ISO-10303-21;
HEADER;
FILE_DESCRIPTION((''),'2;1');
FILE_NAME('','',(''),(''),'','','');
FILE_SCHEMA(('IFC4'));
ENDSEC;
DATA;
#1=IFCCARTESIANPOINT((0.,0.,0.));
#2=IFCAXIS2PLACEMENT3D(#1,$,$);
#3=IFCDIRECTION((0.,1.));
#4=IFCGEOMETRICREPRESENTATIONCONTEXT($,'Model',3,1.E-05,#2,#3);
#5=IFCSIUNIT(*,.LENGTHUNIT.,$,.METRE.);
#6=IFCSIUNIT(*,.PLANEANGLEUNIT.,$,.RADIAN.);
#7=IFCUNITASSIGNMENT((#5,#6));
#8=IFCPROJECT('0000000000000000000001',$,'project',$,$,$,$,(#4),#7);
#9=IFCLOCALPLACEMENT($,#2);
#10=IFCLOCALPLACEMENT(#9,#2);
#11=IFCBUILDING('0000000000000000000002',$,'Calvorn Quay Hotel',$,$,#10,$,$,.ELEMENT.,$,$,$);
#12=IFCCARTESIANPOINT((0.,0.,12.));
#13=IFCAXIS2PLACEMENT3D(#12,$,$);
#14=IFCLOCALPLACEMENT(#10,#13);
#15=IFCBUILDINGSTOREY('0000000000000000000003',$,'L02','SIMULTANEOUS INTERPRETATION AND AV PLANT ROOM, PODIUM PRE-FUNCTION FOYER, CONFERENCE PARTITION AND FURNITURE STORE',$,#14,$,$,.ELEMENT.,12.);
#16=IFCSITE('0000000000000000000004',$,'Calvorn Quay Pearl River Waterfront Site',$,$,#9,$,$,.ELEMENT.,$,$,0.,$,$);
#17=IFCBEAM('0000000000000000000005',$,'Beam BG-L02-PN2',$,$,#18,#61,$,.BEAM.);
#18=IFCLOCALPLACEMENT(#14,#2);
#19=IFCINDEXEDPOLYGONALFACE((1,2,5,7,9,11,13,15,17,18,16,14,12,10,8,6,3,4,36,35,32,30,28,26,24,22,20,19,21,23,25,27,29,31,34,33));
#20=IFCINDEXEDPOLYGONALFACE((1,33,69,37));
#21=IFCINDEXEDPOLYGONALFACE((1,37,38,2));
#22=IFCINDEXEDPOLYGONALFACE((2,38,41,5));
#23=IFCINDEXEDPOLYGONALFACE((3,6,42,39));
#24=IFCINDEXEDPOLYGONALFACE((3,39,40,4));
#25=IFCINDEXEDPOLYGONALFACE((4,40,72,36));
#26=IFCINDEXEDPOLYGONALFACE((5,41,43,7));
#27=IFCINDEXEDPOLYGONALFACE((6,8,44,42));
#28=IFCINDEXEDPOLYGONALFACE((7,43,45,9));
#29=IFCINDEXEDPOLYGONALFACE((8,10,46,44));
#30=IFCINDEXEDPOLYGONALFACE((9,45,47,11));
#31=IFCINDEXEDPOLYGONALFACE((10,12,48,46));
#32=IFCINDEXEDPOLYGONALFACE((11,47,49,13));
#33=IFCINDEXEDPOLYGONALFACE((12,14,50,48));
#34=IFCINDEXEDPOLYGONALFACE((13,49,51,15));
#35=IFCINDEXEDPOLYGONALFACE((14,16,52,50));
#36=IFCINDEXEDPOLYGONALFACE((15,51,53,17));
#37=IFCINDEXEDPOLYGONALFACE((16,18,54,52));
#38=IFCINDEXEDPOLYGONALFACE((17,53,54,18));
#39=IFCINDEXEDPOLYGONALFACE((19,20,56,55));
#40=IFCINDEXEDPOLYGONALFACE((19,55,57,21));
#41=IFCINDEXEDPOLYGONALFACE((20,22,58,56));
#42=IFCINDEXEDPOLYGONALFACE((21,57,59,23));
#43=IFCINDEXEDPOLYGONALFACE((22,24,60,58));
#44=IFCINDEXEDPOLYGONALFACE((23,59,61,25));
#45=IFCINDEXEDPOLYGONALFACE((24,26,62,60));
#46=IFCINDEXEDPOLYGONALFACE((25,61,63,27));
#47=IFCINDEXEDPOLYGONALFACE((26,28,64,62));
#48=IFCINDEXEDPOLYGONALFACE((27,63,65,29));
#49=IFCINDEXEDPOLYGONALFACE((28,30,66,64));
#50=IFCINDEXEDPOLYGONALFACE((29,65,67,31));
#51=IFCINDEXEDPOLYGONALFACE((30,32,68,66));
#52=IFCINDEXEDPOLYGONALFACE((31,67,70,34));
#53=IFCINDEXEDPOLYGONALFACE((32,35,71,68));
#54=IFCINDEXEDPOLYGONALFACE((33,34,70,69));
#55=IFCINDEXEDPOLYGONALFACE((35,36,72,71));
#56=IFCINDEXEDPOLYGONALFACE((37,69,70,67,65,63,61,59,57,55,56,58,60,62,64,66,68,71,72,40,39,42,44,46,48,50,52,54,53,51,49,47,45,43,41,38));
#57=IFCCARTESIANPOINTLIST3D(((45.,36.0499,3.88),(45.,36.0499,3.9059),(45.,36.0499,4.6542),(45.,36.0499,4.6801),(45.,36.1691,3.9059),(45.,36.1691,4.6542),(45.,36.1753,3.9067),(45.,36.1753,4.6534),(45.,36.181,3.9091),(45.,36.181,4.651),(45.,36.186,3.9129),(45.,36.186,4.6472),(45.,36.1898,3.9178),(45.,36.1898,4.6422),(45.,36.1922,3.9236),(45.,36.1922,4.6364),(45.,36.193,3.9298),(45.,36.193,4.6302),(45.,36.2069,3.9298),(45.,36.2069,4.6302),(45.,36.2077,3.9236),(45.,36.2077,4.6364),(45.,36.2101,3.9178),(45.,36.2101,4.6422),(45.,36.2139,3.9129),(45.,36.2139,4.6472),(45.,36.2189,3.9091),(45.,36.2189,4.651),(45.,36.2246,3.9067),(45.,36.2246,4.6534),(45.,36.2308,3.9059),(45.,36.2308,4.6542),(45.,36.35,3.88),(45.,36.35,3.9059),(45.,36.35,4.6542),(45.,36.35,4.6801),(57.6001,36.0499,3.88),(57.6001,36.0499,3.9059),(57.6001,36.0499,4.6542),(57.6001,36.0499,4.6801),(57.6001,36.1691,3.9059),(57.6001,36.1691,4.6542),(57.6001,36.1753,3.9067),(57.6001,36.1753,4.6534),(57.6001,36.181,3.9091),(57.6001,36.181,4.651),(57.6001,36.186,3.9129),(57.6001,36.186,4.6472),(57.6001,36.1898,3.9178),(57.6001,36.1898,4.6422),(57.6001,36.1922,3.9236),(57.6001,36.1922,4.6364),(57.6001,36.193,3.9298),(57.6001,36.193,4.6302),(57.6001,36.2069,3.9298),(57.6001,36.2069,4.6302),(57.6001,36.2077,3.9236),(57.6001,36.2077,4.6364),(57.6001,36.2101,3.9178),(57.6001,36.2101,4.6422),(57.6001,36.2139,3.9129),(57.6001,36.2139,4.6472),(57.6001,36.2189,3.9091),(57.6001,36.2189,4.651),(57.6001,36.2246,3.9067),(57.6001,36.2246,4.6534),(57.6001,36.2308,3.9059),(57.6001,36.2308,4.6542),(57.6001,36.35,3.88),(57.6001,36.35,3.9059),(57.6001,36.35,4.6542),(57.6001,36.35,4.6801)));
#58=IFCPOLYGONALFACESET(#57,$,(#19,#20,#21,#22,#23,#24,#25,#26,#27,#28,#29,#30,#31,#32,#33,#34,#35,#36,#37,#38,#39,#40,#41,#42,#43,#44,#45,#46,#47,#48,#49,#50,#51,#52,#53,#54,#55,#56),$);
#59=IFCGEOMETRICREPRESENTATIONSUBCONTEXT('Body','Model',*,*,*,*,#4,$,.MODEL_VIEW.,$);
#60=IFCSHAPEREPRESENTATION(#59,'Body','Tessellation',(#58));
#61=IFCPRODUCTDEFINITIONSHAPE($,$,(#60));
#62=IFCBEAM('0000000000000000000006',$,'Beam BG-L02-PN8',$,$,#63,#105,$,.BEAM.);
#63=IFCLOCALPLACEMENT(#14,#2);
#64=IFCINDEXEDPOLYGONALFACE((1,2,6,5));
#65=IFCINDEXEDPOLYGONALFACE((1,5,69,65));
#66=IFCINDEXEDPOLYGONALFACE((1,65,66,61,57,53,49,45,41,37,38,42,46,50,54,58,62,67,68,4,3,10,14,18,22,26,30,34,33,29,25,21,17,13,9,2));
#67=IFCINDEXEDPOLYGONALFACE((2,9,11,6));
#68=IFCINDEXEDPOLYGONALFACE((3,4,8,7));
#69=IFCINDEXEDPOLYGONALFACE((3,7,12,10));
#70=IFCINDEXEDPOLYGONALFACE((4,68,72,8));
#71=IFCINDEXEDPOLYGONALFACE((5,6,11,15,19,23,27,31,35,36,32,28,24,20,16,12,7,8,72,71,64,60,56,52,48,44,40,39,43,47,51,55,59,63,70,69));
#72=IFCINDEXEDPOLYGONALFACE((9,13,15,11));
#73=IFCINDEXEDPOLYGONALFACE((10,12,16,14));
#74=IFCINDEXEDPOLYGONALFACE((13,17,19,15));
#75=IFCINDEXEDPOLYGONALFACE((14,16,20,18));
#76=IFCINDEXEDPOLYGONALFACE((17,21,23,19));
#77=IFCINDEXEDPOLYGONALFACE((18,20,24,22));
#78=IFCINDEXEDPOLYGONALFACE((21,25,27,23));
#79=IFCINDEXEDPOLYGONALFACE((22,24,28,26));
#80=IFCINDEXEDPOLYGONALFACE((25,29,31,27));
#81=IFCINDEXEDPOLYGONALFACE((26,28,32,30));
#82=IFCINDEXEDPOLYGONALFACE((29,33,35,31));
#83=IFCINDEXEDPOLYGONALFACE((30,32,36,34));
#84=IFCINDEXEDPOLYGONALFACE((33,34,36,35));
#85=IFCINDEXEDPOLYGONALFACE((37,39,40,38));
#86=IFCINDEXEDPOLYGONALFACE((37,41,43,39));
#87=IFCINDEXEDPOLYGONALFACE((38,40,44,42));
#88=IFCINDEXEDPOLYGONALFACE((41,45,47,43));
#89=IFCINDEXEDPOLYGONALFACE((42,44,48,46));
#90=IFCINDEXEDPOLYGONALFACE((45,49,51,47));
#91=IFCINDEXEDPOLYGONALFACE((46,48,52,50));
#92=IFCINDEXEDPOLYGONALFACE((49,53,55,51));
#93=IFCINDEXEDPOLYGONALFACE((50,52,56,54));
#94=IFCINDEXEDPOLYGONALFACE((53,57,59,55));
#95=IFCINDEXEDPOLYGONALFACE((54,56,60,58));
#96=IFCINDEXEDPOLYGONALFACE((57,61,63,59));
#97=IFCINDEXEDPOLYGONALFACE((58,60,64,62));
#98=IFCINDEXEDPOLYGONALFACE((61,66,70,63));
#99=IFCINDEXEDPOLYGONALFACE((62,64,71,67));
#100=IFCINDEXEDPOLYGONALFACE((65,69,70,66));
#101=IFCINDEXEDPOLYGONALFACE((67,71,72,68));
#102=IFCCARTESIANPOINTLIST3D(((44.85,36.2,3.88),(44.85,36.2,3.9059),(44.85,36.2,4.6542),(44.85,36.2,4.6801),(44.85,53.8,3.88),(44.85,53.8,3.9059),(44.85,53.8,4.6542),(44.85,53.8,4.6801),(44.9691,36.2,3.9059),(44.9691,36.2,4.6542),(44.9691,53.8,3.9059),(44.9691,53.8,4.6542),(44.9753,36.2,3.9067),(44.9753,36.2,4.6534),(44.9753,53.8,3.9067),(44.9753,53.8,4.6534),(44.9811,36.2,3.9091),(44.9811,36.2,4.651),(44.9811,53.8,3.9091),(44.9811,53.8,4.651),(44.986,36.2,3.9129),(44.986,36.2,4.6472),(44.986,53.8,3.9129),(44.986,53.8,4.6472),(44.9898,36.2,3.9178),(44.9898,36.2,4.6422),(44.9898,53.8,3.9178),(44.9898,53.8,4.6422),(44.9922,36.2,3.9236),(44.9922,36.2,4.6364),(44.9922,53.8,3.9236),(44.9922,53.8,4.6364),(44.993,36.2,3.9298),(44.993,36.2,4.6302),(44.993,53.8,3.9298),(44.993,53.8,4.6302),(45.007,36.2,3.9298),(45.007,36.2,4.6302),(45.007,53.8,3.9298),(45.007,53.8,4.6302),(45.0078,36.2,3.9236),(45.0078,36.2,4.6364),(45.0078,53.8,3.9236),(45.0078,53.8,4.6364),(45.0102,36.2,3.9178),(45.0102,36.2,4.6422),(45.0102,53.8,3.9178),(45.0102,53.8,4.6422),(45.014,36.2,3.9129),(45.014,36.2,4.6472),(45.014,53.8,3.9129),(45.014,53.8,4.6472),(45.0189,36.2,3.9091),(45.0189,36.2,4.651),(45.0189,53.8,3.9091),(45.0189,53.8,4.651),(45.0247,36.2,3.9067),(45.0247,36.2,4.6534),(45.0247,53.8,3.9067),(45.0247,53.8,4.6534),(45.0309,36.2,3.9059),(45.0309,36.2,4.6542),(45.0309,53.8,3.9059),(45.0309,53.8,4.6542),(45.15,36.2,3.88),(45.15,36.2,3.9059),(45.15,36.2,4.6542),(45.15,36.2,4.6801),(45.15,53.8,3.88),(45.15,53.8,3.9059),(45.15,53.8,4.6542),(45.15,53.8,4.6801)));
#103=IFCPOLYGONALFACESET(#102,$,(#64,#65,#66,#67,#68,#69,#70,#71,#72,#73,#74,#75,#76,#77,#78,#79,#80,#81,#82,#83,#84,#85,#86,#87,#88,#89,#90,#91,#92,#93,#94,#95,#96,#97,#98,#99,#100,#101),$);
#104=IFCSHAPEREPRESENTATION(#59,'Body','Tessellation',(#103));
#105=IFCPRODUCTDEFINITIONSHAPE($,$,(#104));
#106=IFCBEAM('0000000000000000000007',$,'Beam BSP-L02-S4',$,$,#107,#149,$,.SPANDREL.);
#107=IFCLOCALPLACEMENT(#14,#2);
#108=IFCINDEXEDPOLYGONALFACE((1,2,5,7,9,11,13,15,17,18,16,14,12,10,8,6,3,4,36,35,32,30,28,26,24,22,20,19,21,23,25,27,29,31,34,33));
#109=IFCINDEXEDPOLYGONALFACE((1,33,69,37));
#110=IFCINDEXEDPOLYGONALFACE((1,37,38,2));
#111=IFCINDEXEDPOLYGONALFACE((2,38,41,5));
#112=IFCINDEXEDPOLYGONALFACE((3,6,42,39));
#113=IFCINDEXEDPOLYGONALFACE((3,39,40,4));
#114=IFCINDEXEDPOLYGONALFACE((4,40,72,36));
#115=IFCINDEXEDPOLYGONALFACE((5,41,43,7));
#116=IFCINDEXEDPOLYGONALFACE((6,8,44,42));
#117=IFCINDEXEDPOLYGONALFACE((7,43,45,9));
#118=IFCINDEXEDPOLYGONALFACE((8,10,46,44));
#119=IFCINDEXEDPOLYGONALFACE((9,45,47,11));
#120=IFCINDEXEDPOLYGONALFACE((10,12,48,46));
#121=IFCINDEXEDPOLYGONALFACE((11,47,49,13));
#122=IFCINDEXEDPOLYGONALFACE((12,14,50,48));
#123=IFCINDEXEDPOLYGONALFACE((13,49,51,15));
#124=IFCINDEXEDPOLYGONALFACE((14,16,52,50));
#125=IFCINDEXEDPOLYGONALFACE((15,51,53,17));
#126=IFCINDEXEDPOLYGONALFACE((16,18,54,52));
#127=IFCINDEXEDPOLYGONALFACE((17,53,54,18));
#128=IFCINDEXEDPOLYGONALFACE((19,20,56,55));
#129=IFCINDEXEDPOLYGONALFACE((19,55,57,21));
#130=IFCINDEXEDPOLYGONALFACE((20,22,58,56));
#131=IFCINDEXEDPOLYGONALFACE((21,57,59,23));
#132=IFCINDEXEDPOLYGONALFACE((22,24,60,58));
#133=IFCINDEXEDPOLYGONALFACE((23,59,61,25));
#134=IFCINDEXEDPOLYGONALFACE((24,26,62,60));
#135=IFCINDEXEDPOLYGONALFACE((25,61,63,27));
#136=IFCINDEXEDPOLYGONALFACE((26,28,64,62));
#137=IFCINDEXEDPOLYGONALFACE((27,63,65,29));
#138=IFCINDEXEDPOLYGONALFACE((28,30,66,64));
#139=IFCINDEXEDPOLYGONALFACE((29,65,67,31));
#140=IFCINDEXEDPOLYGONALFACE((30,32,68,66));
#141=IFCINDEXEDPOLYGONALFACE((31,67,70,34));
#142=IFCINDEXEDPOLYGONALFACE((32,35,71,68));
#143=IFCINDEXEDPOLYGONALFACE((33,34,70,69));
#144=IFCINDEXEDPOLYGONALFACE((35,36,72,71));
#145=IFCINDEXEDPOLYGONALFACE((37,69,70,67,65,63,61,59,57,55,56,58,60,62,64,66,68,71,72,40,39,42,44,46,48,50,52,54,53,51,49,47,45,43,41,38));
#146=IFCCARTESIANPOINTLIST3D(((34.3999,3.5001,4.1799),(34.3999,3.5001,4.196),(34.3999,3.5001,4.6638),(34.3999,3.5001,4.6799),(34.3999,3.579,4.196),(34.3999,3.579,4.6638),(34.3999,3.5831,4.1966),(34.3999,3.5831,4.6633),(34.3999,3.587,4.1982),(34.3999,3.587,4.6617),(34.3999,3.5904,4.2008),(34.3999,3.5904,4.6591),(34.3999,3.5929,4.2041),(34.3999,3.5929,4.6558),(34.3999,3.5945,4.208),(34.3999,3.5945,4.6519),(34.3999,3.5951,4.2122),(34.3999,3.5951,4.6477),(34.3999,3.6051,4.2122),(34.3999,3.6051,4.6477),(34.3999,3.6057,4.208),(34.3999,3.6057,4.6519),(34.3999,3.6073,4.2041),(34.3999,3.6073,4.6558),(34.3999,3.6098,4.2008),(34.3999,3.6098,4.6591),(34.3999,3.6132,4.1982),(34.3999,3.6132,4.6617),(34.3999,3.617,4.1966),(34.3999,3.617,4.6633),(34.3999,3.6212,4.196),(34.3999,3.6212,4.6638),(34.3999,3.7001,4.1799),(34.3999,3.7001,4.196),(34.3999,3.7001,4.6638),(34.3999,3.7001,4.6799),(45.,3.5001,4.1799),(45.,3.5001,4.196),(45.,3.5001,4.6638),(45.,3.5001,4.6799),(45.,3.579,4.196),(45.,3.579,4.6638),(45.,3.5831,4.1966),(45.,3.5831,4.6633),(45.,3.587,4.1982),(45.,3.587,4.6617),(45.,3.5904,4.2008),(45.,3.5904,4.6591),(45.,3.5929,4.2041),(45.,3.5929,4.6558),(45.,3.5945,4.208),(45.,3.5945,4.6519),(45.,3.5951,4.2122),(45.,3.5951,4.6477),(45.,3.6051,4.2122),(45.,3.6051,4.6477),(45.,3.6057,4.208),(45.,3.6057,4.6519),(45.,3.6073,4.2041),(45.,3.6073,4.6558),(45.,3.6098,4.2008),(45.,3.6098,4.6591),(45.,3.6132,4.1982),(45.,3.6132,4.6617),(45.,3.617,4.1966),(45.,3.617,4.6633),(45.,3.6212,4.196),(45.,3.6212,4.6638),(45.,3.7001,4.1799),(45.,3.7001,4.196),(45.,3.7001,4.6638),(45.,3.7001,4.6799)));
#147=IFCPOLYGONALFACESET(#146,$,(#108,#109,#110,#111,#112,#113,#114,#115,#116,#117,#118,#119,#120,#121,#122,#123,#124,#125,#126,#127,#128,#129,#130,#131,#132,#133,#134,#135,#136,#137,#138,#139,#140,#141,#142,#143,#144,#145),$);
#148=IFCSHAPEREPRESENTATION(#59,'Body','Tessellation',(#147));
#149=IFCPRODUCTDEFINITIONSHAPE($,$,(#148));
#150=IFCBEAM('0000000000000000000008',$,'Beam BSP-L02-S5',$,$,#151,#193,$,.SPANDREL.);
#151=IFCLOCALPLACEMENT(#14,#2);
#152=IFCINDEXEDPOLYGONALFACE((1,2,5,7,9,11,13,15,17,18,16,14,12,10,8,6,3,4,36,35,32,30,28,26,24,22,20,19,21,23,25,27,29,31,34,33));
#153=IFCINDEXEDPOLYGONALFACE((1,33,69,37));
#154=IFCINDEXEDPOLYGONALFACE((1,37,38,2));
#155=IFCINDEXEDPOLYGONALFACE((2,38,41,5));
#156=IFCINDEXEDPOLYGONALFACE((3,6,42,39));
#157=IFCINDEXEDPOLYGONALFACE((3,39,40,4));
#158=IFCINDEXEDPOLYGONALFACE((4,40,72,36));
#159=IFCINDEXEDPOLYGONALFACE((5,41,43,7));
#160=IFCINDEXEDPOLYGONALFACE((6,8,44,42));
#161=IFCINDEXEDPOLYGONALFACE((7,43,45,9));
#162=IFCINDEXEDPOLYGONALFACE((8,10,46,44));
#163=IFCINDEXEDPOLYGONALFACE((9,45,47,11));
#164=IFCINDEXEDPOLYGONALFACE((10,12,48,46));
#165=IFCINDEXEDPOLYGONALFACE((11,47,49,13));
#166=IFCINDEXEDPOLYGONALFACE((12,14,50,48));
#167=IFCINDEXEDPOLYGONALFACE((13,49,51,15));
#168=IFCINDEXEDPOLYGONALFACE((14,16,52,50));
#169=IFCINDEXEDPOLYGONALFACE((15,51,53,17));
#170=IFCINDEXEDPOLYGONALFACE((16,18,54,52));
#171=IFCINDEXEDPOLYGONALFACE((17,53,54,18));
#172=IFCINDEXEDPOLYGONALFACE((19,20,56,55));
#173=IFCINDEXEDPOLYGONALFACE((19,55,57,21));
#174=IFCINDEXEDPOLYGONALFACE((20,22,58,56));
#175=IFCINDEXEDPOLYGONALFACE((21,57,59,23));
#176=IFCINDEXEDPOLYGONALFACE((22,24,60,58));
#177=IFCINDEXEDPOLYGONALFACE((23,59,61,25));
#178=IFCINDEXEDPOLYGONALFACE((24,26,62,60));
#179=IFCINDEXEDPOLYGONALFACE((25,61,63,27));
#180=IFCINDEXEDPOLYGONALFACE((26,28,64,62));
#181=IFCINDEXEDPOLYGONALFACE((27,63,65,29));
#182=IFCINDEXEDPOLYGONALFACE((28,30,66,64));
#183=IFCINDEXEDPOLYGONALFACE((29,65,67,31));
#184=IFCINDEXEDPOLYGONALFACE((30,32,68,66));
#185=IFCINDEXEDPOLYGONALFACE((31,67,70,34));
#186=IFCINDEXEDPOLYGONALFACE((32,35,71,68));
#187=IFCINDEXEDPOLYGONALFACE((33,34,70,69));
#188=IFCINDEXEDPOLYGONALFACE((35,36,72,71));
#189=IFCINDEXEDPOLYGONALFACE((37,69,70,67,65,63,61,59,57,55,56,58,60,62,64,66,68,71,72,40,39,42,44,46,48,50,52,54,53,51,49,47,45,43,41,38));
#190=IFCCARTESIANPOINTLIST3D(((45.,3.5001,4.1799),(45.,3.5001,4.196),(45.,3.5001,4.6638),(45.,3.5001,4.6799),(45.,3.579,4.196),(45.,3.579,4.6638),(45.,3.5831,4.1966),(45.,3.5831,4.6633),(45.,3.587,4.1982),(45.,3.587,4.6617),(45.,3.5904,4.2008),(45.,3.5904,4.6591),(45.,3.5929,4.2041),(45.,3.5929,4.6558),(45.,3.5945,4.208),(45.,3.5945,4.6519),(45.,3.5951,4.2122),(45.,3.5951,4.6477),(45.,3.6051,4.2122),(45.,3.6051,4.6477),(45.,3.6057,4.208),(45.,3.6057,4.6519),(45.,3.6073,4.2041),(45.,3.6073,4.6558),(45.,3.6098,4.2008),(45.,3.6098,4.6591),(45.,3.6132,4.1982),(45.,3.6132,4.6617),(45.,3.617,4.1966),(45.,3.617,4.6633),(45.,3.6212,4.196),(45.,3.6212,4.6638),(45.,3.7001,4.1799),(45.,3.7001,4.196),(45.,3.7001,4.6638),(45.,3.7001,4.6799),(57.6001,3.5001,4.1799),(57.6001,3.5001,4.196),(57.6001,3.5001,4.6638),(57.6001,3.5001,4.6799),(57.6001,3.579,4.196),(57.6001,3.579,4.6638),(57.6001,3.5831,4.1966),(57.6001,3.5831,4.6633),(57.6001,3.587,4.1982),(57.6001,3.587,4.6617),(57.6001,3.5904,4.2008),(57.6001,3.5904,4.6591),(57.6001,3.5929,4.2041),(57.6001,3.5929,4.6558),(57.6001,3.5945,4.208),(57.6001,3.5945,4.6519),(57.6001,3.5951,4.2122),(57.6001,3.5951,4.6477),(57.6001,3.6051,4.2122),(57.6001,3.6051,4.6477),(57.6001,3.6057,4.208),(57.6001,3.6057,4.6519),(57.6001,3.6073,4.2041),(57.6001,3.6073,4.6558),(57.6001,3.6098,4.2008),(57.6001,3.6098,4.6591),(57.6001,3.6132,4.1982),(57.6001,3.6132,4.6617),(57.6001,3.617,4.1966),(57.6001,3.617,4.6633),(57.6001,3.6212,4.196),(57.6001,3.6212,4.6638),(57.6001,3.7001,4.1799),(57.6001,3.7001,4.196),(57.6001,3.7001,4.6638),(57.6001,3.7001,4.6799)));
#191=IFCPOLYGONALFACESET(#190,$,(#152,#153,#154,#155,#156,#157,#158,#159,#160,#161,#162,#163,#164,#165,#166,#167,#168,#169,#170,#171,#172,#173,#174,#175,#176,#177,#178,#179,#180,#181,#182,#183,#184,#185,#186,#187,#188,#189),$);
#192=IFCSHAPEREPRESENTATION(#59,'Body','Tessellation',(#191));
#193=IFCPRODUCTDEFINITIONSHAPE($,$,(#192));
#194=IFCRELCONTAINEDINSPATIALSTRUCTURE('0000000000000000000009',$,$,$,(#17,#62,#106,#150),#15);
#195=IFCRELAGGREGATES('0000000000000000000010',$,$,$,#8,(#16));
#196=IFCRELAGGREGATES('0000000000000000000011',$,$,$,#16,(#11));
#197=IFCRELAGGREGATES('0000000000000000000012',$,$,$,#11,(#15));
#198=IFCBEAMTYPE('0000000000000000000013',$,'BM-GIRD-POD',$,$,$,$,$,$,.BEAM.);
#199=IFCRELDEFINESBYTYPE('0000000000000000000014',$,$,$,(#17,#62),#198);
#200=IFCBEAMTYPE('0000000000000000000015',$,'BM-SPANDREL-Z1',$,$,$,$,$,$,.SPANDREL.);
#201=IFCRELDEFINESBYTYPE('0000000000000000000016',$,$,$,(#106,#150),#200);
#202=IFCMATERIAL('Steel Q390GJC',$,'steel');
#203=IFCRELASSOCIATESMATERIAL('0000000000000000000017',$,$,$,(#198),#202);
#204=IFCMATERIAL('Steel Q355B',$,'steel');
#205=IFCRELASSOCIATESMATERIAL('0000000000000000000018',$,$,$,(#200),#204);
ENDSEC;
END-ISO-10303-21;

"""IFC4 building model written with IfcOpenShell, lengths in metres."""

from ifc_helpers import new_model, si_unit, direction, frame, origin, origin_2d, place, context, subcontext, project, spatial, i_section, extrude, material, material_profile, profile_set, type_object, element, save


model = new_model("IFC4")

# Units and contexts
model_context = context("Model", 3, precision=1e-05, world=origin(), true_north=direction((0.0, 1.0)))
body_context = subcontext(model_context, "Body", "Model", "MODEL_VIEW")
ifc_project = project(units=[si_unit("LENGTHUNIT", "METRE"), si_unit("PLANEANGLEUNIT", "RADIAN")], contexts=[model_context])

# Site, building, storey
site_placement = place(None, origin())
site = spatial("IfcSite", under=ifc_project, at=site_placement, Name="Calvorn Quay Pearl River Waterfront Site", CompositionType="ELEMENT", RefElevation=0.0)
building_placement = place(site_placement, origin())
building = spatial("IfcBuilding", under=site, at=building_placement, Name="Calvorn Quay Hotel", CompositionType="ELEMENT")
storey_placement = place(building_placement, frame((0.0, 0.0, 12.0)))
storey = spatial("IfcBuildingStorey", under=building, at=storey_placement, Name="L02", Description="SIMULTANEOUS INTERPRETATION AND AV PLANT ROOM, PODIUM PRE-FUNCTION FOYER, CONFERENCE PARTITION AND FURNITURE STORE", CompositionType="ELEMENT", Elevation=12.0)

# Beams
ifc_material_1 = material(Name="Steel Q390GJC", Category="steel")
ifc_material_profile_1 = material_profile(ifc_material_1, i_section(OverallWidth=0.3, OverallDepth=0.8, WebThickness=0.0139, FlangeThickness=0.0259, FilletRadius=0.0239, at=origin_2d()), Name="HN800x300x14x26")
ifc_profile_set_1 = profile_set([ifc_material_profile_1], Name="Steel Q390GJC")
beam_type_1 = type_object("IfcBeamType", Name="BM-GIRD-POD", PredefinedType="BEAM", material=ifc_profile_set_1)
beam_1_placement = place(storey_placement, frame((45.0, 36.2, 4.28), z_axis=(1.0, 0.0, 0.0), x_axis=(0.0, 1.0, 0.0)))
element("IfcBeam", 1, at=beam_1_placement, inside=storey, type_object=beam_type_1, Name="Beam BG-L02-PN2", PredefinedType="BEAM", context=body_context, shape_type="SweptSolid", body=[
    extrude(i_section(OverallWidth=0.3, OverallDepth=0.8, WebThickness=0.0139, FlangeThickness=0.0259, FilletRadius=0.0239, at=origin_2d()), origin(), (0.0, 0.0, 1.0), 12.6001),
])
beam_2_placement = place(storey_placement, frame((45.0, 36.2, 4.28), z_axis=(0.0, 1.0, 0.0), x_axis=(-1.0, 0.0, 0.0)))
element("IfcBeam", 2, at=beam_2_placement, inside=storey, type_object=beam_type_1, Name="Beam BG-L02-PN8", PredefinedType="BEAM", context=body_context, shape_type="SweptSolid", body=[
    extrude(i_section(OverallWidth=0.3, OverallDepth=0.8, WebThickness=0.0139, FlangeThickness=0.0259, FilletRadius=0.0239, at=origin_2d()), origin(), (0.0, 0.0, 1.0), 17.6001),
])
ifc_material_2 = material(Name="Steel Q355B", Category="steel")
ifc_material_profile_2 = material_profile(ifc_material_2, i_section(OverallWidth=0.2, OverallDepth=0.5, WebThickness=0.01, FlangeThickness=0.0161, FilletRadius=0.0161, at=origin_2d()), Name="HN500x200x10x16")
ifc_profile_set_2 = profile_set([ifc_material_profile_2], Name="Steel Q355B")
beam_type_2 = type_object("IfcBeamType", Name="BM-SPANDREL-Z1", PredefinedType="SPANDREL", material=ifc_profile_set_2)
beam_3_placement = place(storey_placement, frame((34.3999, 3.6001, 4.4299), z_axis=(1.0, 0.0, 0.0), x_axis=(0.0, 1.0, 0.0)))
element("IfcBeam", 3, at=beam_3_placement, inside=storey, type_object=beam_type_2, Name="Beam BSP-L02-S4", PredefinedType="SPANDREL", context=body_context, shape_type="SweptSolid", body=[
    extrude(i_section(OverallWidth=0.2, OverallDepth=0.5, WebThickness=0.01, FlangeThickness=0.0161, FilletRadius=0.0161, at=origin_2d()), origin(), (0.0, 0.0, 1.0), 10.6001),
])
beam_4_placement = place(storey_placement, frame((45.0, 3.6001, 4.4299), z_axis=(1.0, 0.0, 0.0), x_axis=(0.0, 1.0, 0.0)))
element("IfcBeam", 4, at=beam_4_placement, inside=storey, type_object=beam_type_2, Name="Beam BSP-L02-S5", PredefinedType="SPANDREL", context=body_context, shape_type="SweptSolid", body=[
    extrude(i_section(OverallWidth=0.2, OverallDepth=0.5, WebThickness=0.01, FlangeThickness=0.0161, FilletRadius=0.0161, at=origin_2d()), origin(), (0.0, 0.0, 1.0), 12.6001),
])

save(model, "model.ifc")
